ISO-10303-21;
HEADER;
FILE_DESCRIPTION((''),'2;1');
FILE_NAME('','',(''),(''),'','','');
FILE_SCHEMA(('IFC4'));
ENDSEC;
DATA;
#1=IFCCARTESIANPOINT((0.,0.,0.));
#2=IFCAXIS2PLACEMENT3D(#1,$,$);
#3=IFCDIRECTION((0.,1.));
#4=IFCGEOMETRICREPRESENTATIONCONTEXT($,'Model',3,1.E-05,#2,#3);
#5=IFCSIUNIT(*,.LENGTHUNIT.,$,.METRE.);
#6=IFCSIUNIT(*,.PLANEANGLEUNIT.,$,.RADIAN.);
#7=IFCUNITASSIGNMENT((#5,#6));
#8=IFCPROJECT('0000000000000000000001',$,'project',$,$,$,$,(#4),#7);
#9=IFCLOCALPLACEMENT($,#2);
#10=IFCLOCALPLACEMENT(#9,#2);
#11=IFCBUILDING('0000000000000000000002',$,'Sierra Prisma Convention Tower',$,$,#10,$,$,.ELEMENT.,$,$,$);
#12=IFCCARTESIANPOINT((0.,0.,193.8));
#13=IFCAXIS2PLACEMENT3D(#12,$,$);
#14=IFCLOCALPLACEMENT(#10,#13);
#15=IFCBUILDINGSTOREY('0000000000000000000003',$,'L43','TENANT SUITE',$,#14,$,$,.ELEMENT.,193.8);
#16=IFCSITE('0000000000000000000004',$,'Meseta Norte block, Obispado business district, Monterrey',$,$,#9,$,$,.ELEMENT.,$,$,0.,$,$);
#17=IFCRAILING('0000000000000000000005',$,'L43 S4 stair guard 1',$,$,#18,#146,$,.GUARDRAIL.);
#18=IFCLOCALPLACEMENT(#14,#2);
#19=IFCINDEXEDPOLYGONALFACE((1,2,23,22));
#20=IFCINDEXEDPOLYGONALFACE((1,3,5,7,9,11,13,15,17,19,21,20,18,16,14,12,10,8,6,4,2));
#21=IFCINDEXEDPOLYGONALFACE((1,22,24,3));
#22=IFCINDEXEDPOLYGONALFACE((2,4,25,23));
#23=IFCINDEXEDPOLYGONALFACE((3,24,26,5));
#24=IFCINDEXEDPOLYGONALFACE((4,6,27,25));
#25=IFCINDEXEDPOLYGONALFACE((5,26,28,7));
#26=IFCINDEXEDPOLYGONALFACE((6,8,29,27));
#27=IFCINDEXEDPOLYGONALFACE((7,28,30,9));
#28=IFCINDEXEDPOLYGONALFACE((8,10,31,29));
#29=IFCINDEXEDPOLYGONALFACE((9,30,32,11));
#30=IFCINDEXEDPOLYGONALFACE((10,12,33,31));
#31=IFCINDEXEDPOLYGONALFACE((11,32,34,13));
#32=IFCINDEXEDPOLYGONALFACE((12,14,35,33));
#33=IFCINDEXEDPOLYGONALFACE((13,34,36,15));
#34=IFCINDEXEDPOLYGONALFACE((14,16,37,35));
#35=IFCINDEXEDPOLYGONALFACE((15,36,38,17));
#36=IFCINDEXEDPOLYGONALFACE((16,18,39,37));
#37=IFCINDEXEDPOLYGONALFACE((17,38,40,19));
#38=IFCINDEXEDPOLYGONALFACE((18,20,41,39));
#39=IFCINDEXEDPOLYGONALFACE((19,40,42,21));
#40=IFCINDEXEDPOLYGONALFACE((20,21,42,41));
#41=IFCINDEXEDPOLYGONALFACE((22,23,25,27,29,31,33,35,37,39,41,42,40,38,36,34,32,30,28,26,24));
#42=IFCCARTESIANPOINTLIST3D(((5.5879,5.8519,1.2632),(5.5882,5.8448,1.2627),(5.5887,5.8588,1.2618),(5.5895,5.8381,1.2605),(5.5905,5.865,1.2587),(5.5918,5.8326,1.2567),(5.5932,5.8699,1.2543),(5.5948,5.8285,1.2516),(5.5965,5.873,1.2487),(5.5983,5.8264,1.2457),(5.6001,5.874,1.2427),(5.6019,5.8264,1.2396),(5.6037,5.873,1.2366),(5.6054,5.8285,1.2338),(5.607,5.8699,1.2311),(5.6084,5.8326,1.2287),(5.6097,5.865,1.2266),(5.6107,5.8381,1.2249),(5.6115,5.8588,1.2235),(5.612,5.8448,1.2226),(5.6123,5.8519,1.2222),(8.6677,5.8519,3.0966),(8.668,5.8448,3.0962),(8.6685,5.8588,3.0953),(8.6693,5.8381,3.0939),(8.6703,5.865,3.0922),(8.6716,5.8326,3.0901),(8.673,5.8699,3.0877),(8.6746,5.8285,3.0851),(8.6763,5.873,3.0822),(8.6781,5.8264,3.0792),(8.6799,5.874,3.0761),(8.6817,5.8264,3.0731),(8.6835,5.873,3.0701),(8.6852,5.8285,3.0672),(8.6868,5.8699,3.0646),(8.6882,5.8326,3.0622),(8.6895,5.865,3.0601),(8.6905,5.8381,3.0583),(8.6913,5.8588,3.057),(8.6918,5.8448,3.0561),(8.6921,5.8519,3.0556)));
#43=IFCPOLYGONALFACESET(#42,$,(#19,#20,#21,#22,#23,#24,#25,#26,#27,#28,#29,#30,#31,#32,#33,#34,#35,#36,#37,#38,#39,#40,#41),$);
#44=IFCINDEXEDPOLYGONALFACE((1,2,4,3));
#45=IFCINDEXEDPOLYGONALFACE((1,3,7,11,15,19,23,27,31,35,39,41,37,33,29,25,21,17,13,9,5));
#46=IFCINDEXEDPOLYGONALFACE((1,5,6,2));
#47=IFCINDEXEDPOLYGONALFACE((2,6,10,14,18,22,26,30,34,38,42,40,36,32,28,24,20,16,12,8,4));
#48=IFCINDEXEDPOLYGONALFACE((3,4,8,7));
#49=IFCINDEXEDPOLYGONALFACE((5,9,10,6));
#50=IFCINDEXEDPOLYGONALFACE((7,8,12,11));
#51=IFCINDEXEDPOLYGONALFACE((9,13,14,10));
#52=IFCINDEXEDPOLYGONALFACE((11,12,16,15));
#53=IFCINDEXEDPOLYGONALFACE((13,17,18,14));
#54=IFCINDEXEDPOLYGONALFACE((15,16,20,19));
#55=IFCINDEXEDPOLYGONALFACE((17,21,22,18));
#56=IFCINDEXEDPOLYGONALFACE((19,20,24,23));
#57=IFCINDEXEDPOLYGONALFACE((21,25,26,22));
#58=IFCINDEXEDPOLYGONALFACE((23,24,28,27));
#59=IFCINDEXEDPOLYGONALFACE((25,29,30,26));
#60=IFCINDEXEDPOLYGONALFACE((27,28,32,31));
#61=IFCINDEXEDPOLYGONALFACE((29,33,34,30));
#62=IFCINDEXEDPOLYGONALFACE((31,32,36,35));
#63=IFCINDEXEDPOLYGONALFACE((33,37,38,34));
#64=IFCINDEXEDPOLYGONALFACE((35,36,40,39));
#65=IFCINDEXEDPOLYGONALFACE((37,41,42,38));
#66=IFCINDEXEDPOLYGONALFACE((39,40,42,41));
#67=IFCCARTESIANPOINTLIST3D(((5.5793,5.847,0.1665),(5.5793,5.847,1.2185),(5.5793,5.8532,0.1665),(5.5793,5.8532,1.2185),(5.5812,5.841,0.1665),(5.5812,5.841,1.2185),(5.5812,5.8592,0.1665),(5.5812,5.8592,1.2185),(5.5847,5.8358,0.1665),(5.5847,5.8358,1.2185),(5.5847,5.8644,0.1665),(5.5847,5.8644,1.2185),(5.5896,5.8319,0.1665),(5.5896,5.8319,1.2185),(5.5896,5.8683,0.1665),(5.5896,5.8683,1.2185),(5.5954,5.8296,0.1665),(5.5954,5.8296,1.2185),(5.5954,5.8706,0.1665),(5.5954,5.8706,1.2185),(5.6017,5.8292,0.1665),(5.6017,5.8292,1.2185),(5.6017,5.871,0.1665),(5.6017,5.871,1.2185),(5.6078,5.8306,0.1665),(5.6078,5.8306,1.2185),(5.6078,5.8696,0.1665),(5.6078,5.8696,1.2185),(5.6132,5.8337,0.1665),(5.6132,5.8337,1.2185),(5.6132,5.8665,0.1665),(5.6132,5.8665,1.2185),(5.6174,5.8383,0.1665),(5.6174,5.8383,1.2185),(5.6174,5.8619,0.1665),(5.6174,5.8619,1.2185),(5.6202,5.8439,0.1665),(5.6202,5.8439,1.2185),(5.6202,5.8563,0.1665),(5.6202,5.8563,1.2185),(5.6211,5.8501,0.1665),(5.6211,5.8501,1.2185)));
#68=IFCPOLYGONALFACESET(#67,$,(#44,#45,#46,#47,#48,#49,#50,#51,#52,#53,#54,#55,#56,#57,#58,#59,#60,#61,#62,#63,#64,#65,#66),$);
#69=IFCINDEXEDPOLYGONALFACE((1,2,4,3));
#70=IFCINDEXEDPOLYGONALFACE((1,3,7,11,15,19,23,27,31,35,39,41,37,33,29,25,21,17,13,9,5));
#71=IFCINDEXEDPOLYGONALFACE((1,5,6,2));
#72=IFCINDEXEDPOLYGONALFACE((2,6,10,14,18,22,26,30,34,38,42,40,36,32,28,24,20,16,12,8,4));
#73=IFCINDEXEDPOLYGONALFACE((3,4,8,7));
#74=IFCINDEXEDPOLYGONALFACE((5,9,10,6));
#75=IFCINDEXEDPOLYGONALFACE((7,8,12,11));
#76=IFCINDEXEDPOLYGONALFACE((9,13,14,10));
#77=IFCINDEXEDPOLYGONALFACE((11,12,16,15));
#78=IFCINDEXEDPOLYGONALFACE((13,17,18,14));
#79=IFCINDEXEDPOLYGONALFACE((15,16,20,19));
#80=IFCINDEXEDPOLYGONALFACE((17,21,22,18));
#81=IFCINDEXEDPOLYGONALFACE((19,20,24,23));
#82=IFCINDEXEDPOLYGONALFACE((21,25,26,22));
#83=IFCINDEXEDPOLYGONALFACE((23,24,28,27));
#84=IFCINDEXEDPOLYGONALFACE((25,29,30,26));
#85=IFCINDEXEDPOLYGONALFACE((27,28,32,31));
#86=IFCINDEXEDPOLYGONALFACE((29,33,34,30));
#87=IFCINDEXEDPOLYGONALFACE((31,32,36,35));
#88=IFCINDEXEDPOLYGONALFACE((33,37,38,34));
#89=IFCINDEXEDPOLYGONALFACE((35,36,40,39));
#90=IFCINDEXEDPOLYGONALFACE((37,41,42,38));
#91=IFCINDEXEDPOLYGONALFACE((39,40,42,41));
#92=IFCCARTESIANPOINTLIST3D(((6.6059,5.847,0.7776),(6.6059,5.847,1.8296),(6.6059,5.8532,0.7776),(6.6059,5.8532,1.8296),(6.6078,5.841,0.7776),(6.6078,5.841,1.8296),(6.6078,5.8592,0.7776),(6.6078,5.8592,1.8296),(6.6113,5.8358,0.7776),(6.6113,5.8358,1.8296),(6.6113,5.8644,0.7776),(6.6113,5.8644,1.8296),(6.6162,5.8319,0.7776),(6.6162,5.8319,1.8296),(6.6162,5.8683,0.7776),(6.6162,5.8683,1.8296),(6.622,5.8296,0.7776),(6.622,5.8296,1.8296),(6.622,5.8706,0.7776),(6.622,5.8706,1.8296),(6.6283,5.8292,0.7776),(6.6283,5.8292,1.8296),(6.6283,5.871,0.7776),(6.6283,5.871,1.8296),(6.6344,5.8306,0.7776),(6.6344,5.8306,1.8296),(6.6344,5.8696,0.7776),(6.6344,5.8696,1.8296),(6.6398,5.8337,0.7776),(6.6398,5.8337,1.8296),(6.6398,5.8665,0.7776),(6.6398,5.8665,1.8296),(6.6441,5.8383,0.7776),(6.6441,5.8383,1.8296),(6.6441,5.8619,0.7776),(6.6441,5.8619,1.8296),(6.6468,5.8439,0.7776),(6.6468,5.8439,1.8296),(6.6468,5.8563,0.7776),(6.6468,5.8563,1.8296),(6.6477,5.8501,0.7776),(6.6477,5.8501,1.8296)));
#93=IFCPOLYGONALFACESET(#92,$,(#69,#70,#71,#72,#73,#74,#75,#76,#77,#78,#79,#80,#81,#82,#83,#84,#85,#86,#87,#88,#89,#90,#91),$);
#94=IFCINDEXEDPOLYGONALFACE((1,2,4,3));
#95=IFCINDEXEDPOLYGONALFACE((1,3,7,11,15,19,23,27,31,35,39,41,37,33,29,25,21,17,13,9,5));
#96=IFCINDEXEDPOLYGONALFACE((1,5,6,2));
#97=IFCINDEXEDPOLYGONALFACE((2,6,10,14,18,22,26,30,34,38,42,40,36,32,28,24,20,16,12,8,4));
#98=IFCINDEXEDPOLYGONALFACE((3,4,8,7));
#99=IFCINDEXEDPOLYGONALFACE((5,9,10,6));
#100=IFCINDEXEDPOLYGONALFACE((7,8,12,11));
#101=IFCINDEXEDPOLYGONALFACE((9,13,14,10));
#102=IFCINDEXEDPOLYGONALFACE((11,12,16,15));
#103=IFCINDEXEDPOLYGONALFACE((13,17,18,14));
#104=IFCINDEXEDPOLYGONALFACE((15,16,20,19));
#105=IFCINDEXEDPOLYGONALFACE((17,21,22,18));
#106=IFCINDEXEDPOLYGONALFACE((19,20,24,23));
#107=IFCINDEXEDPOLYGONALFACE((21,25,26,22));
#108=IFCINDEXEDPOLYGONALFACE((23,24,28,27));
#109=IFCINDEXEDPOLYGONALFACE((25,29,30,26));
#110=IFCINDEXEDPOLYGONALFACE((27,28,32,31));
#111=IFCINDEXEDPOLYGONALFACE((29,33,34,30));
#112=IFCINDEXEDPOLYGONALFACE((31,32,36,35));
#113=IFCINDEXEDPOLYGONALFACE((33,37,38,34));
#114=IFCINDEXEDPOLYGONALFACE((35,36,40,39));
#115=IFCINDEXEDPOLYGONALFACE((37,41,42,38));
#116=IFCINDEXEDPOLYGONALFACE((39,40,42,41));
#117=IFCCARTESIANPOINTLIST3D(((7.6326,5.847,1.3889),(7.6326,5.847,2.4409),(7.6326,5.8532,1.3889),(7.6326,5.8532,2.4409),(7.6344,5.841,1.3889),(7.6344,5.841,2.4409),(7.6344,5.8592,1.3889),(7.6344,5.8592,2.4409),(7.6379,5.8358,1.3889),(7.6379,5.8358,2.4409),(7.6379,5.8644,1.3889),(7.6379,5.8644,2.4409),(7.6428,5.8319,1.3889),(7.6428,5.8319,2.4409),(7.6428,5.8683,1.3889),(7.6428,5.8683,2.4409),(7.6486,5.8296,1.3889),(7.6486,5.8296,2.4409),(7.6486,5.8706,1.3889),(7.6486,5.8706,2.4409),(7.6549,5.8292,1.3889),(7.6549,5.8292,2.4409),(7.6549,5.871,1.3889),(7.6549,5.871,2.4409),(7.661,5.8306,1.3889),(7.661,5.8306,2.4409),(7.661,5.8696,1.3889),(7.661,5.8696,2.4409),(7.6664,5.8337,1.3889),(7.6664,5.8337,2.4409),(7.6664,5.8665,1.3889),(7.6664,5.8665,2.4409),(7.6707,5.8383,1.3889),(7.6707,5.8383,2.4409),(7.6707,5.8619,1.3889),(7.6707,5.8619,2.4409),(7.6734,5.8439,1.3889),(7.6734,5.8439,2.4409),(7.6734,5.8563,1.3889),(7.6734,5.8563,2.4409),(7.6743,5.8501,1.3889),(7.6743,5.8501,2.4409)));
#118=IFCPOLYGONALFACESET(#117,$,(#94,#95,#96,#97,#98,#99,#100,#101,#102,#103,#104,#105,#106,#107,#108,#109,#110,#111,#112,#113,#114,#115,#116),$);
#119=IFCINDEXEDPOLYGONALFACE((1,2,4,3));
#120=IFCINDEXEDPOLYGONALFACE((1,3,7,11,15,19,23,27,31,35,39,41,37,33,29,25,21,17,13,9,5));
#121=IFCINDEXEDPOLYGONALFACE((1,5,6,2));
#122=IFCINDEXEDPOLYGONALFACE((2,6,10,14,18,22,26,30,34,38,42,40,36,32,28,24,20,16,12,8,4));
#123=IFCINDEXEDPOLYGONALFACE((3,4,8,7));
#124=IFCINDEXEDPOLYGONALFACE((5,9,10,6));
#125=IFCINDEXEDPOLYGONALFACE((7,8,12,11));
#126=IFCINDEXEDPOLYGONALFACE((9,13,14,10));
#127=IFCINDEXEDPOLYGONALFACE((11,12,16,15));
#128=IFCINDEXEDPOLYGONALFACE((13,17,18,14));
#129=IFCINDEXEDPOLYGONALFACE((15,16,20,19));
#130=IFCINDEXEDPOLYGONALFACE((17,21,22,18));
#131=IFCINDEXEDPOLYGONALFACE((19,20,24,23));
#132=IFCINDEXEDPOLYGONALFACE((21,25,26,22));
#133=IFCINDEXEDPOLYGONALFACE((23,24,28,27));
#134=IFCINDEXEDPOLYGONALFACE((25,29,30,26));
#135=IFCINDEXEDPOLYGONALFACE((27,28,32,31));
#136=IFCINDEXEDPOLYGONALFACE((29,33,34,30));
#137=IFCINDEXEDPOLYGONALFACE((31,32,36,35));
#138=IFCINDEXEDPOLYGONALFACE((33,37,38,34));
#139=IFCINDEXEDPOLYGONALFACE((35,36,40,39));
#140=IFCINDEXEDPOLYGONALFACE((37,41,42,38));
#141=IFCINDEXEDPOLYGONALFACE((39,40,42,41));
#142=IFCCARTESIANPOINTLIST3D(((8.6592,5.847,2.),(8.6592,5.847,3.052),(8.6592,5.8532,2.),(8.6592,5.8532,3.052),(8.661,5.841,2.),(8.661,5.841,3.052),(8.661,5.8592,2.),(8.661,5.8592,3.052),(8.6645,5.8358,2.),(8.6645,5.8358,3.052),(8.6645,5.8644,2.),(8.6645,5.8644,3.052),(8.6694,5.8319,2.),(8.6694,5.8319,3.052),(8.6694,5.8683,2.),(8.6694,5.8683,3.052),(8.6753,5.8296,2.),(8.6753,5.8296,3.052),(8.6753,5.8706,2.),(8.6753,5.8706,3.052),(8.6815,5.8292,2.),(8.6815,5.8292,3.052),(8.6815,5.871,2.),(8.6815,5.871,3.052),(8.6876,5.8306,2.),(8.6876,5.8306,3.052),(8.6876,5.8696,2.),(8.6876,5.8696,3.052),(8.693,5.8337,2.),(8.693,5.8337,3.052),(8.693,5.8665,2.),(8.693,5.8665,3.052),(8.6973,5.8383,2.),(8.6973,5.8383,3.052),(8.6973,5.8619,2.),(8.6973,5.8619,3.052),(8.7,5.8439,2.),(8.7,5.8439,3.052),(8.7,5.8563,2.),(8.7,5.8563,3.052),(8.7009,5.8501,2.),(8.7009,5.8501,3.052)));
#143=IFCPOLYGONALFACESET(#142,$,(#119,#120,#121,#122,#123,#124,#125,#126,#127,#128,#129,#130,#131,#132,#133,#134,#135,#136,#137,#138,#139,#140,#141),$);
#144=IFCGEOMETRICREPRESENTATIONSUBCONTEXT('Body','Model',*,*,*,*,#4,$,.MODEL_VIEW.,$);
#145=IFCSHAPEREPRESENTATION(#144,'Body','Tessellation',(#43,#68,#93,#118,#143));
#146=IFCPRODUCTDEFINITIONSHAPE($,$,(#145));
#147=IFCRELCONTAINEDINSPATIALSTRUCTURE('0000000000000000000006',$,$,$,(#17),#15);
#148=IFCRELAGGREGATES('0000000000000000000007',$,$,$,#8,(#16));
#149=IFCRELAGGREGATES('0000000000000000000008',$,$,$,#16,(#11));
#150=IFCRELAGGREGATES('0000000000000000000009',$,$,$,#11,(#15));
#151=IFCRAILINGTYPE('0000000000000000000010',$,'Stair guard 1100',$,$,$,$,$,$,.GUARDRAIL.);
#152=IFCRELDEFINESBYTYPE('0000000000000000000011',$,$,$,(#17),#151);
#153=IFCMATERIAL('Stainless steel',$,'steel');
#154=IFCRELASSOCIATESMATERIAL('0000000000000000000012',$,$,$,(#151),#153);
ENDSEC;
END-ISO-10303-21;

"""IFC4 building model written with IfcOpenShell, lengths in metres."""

from ifc_helpers import new_model, si_unit, direction, frame, origin, origin_2d, place, context, subcontext, project, spatial, circle, extrude, material, type_object, element, save


model = new_model("IFC4")

# Units and contexts
model_context = context("Model", 3, precision=1e-05, world=origin(), true_north=direction((0.0, 1.0)))
body_context = subcontext(model_context, "Body", "Model", "MODEL_VIEW")
ifc_project = project(units=[si_unit("LENGTHUNIT", "METRE"), si_unit("PLANEANGLEUNIT", "RADIAN")], contexts=[model_context])

# Site, building, storey
site_placement = place(None, origin())
site = spatial("IfcSite", under=ifc_project, at=site_placement, Name="Meseta Norte block, Obispado business district, Monterrey", CompositionType="ELEMENT", RefElevation=0.0)
building_placement = place(site_placement, origin())
building = spatial("IfcBuilding", under=site, at=building_placement, Name="Sierra Prisma Convention Tower", CompositionType="ELEMENT")
storey_placement = place(building_placement, frame((0.0, 0.0, 193.8)))
storey = spatial("IfcBuildingStorey", under=building, at=storey_placement, Name="L43", Description="TENANT SUITE", CompositionType="ELEMENT", Elevation=193.8)

# Railing
ifc_material_1 = material(Name="Stainless steel", Category="steel")
railing_type_1 = type_object("IfcRailingType", Name="Stair guard 1100", PredefinedType="GUARDRAIL", material=ifc_material_1)
railing_1_placement = place(storey_placement, frame((5.6001, 5.8501, 0.1665)))
element("IfcRailing", 1, at=railing_1_placement, inside=storey, type_object=railing_type_1, Name="L43 S4 stair guard 1", PredefinedType="GUARDRAIL", context=body_context, shape_type="SweptSolid", body=[
    extrude(circle(Radius=0.0239, at=origin_2d()), frame((0.0, 0.0, 1.0762), z_axis=(0.859261, 0.0, 0.511538), x_axis=(0.0, 1.0, 0.0)), (0.0, 0.0, 1.0), 3.5842),
    extrude(circle(Radius=0.021, at=origin_2d()), origin(), (0.0, 0.0, 1.0), 1.052),
    extrude(circle(Radius=0.021, at=origin_2d()), frame((1.0266, 0.0, 0.6111)), (0.0, 0.0, 1.0), 1.052),
    extrude(circle(Radius=0.021, at=origin_2d()), frame((2.0532, 0.0, 1.2224)), (0.0, 0.0, 1.0), 1.052),
    extrude(circle(Radius=0.021, at=origin_2d()), frame((3.0798, 0.0, 1.8335)), (0.0, 0.0, 1.0), 1.052),
])

save(model, "model.ifc")
